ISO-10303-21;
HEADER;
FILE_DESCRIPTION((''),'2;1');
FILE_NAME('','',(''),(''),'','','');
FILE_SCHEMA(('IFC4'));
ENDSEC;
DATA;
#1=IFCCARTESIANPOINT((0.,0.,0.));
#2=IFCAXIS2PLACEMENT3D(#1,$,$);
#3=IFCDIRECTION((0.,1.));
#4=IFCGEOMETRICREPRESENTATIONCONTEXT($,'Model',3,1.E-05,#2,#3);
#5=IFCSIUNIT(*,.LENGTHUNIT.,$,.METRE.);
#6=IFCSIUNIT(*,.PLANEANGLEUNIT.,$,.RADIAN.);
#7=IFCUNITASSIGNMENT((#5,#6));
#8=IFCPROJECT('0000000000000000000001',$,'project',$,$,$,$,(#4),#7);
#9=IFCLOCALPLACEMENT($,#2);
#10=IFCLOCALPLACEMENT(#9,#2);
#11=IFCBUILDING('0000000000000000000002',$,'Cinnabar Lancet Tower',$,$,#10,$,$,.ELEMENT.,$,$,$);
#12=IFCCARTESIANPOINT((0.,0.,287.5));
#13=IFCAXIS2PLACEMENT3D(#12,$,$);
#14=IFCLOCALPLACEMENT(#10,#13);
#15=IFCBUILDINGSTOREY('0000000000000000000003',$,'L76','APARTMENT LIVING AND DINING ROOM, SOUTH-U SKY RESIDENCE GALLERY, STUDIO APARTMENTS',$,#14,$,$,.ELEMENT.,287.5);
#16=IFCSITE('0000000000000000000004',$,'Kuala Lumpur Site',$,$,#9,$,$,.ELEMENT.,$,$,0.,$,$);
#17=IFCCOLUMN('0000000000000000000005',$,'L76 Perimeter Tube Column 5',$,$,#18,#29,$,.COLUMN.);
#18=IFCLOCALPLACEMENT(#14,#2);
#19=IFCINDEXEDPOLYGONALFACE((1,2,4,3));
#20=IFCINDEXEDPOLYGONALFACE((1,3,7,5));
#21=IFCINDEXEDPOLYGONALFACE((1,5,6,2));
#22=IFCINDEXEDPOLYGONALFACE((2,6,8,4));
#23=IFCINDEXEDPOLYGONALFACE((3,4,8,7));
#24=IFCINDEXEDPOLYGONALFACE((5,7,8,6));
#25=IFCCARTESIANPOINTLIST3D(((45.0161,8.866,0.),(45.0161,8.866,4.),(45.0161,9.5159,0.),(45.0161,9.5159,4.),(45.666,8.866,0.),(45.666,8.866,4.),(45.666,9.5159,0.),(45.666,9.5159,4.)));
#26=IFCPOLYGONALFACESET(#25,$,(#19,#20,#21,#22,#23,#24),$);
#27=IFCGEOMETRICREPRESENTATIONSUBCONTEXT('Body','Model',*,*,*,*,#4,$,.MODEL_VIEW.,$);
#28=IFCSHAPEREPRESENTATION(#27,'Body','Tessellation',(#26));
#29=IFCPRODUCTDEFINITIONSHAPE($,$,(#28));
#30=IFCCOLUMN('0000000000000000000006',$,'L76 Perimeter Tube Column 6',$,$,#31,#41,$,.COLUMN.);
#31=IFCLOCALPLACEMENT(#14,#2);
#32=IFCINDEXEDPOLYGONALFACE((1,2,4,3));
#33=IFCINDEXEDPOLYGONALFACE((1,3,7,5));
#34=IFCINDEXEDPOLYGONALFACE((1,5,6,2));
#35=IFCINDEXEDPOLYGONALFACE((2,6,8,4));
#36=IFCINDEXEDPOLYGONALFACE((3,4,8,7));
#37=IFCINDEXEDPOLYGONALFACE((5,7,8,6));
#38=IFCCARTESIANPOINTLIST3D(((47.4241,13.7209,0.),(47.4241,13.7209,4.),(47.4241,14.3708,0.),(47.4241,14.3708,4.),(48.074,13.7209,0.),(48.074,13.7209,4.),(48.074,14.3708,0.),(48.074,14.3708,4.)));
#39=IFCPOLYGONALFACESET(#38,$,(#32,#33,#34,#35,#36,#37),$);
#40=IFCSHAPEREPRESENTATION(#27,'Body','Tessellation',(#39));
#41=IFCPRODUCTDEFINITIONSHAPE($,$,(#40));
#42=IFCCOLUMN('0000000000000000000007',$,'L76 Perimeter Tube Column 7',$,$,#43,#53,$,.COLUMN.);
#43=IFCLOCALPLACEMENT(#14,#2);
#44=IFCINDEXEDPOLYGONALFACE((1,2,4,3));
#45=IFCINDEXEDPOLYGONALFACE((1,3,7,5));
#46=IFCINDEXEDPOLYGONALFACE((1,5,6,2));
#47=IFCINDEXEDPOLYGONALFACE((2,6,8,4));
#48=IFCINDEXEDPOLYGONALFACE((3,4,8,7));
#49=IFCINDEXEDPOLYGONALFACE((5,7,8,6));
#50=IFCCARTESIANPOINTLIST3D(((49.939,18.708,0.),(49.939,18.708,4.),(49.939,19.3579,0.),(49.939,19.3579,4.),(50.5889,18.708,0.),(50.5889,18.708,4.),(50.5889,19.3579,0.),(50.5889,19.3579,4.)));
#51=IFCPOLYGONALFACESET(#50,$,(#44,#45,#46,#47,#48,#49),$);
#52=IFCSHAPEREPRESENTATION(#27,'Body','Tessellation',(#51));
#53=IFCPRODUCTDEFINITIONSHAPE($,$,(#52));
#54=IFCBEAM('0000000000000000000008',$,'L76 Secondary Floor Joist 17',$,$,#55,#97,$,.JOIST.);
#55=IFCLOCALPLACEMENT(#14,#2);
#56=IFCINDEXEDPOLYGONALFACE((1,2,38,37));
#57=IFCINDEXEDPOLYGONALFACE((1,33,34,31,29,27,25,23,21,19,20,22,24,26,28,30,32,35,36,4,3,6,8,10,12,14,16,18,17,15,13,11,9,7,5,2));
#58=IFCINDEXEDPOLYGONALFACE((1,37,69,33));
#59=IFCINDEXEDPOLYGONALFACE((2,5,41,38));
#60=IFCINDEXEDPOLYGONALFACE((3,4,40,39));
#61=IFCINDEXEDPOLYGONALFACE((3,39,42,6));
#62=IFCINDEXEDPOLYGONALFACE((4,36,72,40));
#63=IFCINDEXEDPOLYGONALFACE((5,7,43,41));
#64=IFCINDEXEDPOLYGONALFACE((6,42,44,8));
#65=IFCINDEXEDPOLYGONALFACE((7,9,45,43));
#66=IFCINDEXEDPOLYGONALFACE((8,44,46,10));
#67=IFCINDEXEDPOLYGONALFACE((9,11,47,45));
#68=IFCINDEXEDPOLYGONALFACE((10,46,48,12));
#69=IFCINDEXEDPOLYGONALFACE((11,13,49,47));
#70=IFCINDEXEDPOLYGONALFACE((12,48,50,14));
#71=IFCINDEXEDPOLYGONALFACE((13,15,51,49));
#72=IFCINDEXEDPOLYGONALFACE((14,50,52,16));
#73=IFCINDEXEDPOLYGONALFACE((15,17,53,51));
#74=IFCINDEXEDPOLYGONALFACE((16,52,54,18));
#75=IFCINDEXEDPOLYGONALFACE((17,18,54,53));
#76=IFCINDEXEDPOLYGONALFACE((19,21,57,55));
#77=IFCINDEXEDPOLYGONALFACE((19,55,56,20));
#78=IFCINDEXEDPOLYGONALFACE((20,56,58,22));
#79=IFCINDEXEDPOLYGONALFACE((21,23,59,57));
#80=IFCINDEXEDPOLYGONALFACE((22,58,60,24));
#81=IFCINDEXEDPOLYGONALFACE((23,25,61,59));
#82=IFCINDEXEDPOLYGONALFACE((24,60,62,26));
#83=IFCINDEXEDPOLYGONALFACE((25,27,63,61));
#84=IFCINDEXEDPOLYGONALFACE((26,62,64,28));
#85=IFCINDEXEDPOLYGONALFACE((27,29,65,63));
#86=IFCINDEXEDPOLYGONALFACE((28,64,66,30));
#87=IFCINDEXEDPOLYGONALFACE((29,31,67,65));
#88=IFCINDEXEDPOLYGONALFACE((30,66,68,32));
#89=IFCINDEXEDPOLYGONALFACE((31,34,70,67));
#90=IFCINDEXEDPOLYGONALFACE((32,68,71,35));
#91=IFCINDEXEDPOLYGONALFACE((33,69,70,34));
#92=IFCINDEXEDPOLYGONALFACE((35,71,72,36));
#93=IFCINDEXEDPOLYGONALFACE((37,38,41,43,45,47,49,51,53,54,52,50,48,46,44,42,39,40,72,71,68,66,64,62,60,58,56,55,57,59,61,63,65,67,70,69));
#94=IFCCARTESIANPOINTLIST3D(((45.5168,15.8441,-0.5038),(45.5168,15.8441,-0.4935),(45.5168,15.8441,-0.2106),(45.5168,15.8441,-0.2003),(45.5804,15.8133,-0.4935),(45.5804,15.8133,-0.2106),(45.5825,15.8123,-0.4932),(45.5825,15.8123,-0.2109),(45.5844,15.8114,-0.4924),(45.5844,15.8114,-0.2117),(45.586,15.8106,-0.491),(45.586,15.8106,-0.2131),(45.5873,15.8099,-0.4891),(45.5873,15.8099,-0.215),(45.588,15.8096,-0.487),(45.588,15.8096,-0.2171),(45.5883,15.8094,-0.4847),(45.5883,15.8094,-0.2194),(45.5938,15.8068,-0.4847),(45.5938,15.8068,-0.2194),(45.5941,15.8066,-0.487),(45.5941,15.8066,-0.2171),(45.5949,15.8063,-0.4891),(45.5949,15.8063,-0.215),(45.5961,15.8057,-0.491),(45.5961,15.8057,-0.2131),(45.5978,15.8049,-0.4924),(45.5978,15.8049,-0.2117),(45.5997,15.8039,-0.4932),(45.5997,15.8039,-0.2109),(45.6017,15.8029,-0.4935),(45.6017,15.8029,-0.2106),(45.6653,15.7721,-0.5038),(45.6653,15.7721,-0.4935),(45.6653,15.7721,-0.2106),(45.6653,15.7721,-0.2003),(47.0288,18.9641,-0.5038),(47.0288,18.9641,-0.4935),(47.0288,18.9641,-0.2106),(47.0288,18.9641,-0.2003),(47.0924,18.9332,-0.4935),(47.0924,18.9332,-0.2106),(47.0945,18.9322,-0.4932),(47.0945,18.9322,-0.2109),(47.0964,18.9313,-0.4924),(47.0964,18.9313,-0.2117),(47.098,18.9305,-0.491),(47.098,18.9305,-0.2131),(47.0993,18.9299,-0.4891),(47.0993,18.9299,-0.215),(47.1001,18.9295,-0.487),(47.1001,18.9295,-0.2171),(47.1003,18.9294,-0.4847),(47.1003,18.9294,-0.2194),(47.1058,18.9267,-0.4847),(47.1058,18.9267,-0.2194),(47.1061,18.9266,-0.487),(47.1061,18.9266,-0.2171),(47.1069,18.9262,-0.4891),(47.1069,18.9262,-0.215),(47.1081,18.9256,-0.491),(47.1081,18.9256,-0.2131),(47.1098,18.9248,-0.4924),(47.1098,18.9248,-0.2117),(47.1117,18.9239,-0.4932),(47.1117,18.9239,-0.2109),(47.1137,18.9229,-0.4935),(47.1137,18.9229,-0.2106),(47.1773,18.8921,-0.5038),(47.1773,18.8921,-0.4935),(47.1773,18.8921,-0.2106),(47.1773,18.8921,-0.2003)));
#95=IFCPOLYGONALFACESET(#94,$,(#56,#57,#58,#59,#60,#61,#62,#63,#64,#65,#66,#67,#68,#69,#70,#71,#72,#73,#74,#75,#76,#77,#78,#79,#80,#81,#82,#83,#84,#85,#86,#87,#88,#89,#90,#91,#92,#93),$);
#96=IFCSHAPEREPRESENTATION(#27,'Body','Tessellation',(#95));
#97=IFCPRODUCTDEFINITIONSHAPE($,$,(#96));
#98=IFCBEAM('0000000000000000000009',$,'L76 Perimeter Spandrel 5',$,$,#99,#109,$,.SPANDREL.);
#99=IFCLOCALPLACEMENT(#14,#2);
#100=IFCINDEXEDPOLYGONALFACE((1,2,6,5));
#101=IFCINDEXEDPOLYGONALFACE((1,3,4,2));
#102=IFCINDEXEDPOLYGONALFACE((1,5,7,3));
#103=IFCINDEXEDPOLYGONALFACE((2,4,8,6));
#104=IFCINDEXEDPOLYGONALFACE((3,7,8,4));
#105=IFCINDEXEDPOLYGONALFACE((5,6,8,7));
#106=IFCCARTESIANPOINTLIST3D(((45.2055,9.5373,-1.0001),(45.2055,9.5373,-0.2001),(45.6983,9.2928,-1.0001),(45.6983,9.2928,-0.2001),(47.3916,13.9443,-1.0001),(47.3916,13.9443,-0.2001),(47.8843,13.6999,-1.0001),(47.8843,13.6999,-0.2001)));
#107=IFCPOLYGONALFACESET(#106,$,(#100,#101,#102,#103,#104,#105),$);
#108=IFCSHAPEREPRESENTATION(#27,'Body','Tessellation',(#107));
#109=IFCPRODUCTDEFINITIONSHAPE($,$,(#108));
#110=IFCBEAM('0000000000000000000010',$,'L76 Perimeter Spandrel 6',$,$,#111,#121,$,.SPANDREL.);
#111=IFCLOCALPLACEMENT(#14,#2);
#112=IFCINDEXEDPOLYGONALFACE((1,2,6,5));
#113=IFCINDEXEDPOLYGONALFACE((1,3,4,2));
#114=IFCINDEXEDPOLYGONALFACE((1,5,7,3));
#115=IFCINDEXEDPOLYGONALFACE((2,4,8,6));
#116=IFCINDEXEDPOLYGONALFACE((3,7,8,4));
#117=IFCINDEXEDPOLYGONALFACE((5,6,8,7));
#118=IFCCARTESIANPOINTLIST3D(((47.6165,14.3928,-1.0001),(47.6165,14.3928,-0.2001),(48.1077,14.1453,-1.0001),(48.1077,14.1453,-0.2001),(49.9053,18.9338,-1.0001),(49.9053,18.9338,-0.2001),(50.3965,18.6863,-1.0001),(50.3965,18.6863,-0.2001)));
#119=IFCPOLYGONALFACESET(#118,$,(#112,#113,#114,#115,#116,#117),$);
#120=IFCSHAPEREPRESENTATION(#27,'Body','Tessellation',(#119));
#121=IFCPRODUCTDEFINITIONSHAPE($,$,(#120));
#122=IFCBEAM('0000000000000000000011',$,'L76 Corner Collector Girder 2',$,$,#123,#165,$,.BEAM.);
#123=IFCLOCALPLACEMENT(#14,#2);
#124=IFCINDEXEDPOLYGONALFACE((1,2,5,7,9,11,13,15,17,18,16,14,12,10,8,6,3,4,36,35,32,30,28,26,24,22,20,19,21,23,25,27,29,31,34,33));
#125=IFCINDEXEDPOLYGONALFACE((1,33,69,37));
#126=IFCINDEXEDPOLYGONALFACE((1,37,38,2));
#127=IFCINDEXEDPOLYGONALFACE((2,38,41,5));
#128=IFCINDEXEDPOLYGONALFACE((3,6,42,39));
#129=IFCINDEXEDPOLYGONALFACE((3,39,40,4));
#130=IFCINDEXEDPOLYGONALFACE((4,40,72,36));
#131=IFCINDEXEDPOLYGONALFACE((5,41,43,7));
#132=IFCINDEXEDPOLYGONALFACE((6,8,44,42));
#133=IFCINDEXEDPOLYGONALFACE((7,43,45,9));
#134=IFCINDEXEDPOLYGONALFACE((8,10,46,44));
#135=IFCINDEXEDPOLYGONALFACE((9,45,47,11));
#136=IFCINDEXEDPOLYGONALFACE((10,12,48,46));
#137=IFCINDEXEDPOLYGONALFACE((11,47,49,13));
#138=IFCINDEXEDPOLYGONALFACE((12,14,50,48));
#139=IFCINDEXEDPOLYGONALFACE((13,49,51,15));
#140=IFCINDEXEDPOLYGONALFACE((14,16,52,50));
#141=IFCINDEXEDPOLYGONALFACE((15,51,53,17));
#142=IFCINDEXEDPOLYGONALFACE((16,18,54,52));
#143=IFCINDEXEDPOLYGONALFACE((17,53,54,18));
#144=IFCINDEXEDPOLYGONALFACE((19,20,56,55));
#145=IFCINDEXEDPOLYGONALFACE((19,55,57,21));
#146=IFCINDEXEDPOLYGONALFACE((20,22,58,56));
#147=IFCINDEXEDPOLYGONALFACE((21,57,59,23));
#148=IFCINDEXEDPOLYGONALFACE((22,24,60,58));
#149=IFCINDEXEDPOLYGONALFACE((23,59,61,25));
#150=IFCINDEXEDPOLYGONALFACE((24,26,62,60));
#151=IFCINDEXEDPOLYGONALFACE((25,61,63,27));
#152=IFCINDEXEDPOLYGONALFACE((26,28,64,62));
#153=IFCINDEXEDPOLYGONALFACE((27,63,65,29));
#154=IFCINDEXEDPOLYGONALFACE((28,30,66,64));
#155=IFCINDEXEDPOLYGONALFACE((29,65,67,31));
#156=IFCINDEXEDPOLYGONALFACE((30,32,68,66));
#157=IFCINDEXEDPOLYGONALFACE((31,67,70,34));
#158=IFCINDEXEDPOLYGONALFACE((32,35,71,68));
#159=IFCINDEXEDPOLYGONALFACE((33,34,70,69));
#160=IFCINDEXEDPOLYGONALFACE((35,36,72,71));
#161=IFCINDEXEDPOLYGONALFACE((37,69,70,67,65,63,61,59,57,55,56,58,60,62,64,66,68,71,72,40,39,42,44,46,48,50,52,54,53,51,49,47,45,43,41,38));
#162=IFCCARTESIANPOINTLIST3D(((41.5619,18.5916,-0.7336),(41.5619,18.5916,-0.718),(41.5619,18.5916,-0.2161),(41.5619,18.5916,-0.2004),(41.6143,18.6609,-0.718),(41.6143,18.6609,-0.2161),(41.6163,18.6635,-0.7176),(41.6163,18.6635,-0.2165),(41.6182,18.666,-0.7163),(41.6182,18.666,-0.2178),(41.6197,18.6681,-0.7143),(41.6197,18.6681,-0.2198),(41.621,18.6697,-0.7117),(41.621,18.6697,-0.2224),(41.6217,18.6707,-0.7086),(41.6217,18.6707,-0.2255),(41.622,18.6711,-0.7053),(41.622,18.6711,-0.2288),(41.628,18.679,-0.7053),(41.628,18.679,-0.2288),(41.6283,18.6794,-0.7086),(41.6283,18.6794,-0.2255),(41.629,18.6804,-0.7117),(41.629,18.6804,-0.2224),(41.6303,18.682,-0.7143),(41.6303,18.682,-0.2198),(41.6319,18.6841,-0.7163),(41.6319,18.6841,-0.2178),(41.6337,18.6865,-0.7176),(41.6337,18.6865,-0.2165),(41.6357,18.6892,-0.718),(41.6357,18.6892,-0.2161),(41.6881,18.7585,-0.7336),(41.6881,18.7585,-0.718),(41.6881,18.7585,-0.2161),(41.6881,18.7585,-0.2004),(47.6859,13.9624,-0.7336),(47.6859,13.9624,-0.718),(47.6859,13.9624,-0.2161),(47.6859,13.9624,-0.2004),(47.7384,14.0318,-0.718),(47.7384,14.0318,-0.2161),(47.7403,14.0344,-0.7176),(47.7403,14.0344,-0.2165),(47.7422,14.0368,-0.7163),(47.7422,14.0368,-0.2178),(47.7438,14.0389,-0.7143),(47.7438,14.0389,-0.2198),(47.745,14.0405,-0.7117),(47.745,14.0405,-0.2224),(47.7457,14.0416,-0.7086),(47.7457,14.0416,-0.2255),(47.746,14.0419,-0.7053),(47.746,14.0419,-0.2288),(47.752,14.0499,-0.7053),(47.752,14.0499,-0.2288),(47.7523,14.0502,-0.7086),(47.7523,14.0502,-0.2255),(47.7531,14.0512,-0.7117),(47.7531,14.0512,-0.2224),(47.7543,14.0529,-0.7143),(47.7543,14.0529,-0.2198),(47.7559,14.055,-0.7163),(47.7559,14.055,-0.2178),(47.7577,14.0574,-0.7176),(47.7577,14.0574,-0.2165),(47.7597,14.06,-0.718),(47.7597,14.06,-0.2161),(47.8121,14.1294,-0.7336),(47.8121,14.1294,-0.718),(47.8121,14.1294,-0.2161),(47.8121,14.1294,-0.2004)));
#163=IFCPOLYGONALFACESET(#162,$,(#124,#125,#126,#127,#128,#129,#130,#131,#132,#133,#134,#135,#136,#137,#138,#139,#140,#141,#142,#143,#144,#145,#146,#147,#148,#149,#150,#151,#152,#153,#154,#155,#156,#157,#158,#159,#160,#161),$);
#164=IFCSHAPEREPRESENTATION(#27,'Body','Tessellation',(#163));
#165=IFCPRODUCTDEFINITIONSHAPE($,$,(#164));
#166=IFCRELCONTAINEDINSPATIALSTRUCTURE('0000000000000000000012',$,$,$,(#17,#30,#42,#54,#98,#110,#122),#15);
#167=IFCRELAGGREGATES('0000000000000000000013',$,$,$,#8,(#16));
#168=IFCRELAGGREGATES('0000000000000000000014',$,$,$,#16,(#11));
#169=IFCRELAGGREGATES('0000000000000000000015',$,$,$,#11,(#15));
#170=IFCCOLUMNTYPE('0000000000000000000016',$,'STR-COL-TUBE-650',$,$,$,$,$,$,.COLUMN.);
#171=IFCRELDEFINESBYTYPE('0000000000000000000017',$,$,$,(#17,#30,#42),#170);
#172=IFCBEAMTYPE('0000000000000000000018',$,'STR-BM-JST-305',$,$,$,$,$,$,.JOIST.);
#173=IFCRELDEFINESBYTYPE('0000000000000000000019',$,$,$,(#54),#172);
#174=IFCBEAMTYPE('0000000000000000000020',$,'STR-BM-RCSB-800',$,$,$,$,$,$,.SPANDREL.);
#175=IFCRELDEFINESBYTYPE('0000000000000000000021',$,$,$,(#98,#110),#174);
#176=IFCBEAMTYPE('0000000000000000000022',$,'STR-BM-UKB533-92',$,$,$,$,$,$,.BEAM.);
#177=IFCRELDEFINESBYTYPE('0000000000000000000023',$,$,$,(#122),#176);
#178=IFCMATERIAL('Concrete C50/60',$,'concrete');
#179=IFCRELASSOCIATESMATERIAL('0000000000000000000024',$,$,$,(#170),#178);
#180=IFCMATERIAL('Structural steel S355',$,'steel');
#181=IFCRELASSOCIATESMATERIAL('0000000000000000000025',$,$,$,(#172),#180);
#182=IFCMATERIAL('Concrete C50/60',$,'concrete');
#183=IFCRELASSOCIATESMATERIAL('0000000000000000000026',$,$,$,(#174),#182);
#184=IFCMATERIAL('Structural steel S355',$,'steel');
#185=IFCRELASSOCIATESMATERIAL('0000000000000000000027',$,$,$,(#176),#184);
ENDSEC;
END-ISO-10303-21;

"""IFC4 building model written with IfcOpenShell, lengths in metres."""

from ifc_helpers import new_model, si_unit, direction, frame, origin, origin_2d, place, context, subcontext, project, spatial, rectangle, i_section, extrude, material, material_profile, profile_set, type_object, element, save


model = new_model("IFC4")

# Units and contexts
model_context = context("Model", 3, precision=1e-05, world=origin(), true_north=direction((0.0, 1.0)))
body_context = subcontext(model_context, "Body", "Model", "MODEL_VIEW")
ifc_project = project(units=[si_unit("LENGTHUNIT", "METRE"), si_unit("PLANEANGLEUNIT", "RADIAN")], contexts=[model_context])

# Site, building, storey
site_placement = place(None, origin())
site = spatial("IfcSite", under=ifc_project, at=site_placement, Name="Kuala Lumpur Site", CompositionType="ELEMENT", RefElevation=0.0)
building_placement = place(site_placement, origin())
building = spatial("IfcBuilding", under=site, at=building_placement, Name="Cinnabar Lancet Tower", CompositionType="ELEMENT")
storey_placement = place(building_placement, frame((0.0, 0.0, 287.5)))
storey = spatial("IfcBuildingStorey", under=building, at=storey_placement, Name="L76", Description="APARTMENT LIVING AND DINING ROOM, SOUTH-U SKY RESIDENCE GALLERY, STUDIO APARTMENTS", CompositionType="ELEMENT", Elevation=287.5)

# Columns
ifc_material_1 = material(Name="Concrete C50/60", Category="concrete")
ifc_material_profile_1 = material_profile(ifc_material_1, rectangle(XDim=0.6499, YDim=0.6499, at=origin_2d()), Name="RC-COL 650x650")
ifc_profile_set_1 = profile_set([ifc_material_profile_1], Name="Concrete C50/60")
column_type = type_object("IfcColumnType", Name="STR-COL-TUBE-650", PredefinedType="COLUMN", material=ifc_profile_set_1)
for number, where, z_axis, x_axis, name in (
    (1, (45.3411, 9.1909, 0.0), (0.0, 0.0, 1.0), (1.0, 0.0, 0.0), "L76 Perimeter Tube Column 5"),
    (2, (47.749, 14.0459, 0.0), (0.0, 0.0, 1.0), (1.0, 0.0, 0.0), "L76 Perimeter Tube Column 6"),
    (3, (50.2639, 19.033, 0.0), (0.0, 0.0, 1.0), (1.0, 0.0, 0.0), "L76 Perimeter Tube Column 7"),
):
    element("IfcColumn", number, at=place(storey_placement, frame(where, z_axis=z_axis, x_axis=x_axis)), inside=storey, type_object=column_type, Name=name, PredefinedType="COLUMN", context=body_context, shape_type="SweptSolid", body=[
        extrude(rectangle(XDim=0.6499, YDim=0.6499, at=origin_2d()), origin(), (0.0, 0.0, 1.0), 4.0),
    ])

# Beams
ifc_material_2 = material(Name="Structural steel S355", Category="steel")
ifc_material_profile_2 = material_profile(ifc_material_2, i_section(OverallWidth=0.165, OverallDepth=0.3035, WebThickness=0.0061, FlangeThickness=0.0103, FilletRadius=0.0088, at=origin_2d()), Name="UKB 305x165x40")
ifc_profile_set_2 = profile_set([ifc_material_profile_2], Name="Structural steel S355")
beam_type_1 = type_object("IfcBeamType", Name="STR-BM-JST-305", PredefinedType="JOIST", material=ifc_profile_set_2)
beam_1_placement = place(storey_placement, frame((45.5911, 15.8081, -0.3521), z_axis=(0.436109, 0.899894, 0.0), x_axis=(-0.899894, 0.436109, 0.0)))
element("IfcBeam", 4, at=beam_1_placement, inside=storey, type_object=beam_type_1, Name="L76 Secondary Floor Joist 17", PredefinedType="JOIST", context=body_context, shape_type="SweptSolid", body=[
    extrude(i_section(OverallWidth=0.165, OverallDepth=0.3035, WebThickness=0.0061, FlangeThickness=0.0103, FilletRadius=0.0088, at=origin_2d()), origin(), (0.0, 0.0, 1.0), 3.467),
])
ifc_material_3 = material(Name="Concrete C50/60", Category="concrete")
ifc_material_profile_3 = material_profile(ifc_material_3, rectangle(XDim=0.55, YDim=0.8, at=origin_2d()), Name="RC-SB 550x800")
ifc_profile_set_3 = profile_set([ifc_material_profile_3], Name="Concrete C50/60")
beam_type_2 = type_object("IfcBeamType", Name="STR-BM-RCSB-800", PredefinedType="SPANDREL", material=ifc_profile_set_3)
beam_2_placement = place(storey_placement, frame((45.4519, 9.415, -0.6001), z_axis=(0.444373, 0.895842, 0.0), x_axis=(-0.895842, 0.444373, 0.0)))
element("IfcBeam", 5, at=beam_2_placement, inside=storey, type_object=beam_type_2, Name="L76 Perimeter Spandrel 5", PredefinedType="SPANDREL", context=body_context, shape_type="SweptSolid", body=[
    extrude(rectangle(XDim=0.55, YDim=0.8, at=origin_2d()), origin(), (0.0, 0.0, 1.0), 4.9194),
])
beam_3_placement = place(storey_placement, frame((47.8621, 14.269, -0.6001), z_axis=(0.450092, 0.892982, 0.0), x_axis=(-0.892982, 0.450092, 0.0)))
element("IfcBeam", 6, at=beam_3_placement, inside=storey, type_object=beam_type_2, Name="L76 Perimeter Spandrel 6", PredefinedType="SPANDREL", context=body_context, shape_type="SweptSolid", body=[
    extrude(rectangle(XDim=0.55, YDim=0.8, at=origin_2d()), origin(), (0.0, 0.0, 1.0), 5.0852),
])
ifc_material_4 = material(Name="Structural steel S355", Category="steel")
ifc_material_profile_4 = material_profile(ifc_material_4, i_section(OverallWidth=0.2092, OverallDepth=0.5332, WebThickness=0.01, FlangeThickness=0.0156, FilletRadius=0.0127, at=origin_2d()), Name="UKB 533x210x92")
ifc_profile_set_4 = profile_set([ifc_material_profile_4], Name="Structural steel S355")
beam_type_3 = type_object("IfcBeamType", Name="STR-BM-UKB533-92", PredefinedType="BEAM", material=ifc_profile_set_4)
beam_4_placement = place(storey_placement, frame((47.749, 14.0459, -0.467), z_axis=(-0.797735, 0.603008, 0.0), x_axis=(-0.603008, -0.797735, 0.0)))
element("IfcBeam", 7, at=beam_4_placement, inside=storey, type_object=beam_type_3, Name="L76 Corner Collector Girder 2", PredefinedType="BEAM", context=body_context, shape_type="SweptSolid", body=[
    extrude(i_section(OverallWidth=0.2092, OverallDepth=0.5332, WebThickness=0.01, FlangeThickness=0.0156, FilletRadius=0.0127, at=origin_2d()), origin(), (0.0, 0.0, 1.0), 7.6768),
])

save(model, "model.ifc")
